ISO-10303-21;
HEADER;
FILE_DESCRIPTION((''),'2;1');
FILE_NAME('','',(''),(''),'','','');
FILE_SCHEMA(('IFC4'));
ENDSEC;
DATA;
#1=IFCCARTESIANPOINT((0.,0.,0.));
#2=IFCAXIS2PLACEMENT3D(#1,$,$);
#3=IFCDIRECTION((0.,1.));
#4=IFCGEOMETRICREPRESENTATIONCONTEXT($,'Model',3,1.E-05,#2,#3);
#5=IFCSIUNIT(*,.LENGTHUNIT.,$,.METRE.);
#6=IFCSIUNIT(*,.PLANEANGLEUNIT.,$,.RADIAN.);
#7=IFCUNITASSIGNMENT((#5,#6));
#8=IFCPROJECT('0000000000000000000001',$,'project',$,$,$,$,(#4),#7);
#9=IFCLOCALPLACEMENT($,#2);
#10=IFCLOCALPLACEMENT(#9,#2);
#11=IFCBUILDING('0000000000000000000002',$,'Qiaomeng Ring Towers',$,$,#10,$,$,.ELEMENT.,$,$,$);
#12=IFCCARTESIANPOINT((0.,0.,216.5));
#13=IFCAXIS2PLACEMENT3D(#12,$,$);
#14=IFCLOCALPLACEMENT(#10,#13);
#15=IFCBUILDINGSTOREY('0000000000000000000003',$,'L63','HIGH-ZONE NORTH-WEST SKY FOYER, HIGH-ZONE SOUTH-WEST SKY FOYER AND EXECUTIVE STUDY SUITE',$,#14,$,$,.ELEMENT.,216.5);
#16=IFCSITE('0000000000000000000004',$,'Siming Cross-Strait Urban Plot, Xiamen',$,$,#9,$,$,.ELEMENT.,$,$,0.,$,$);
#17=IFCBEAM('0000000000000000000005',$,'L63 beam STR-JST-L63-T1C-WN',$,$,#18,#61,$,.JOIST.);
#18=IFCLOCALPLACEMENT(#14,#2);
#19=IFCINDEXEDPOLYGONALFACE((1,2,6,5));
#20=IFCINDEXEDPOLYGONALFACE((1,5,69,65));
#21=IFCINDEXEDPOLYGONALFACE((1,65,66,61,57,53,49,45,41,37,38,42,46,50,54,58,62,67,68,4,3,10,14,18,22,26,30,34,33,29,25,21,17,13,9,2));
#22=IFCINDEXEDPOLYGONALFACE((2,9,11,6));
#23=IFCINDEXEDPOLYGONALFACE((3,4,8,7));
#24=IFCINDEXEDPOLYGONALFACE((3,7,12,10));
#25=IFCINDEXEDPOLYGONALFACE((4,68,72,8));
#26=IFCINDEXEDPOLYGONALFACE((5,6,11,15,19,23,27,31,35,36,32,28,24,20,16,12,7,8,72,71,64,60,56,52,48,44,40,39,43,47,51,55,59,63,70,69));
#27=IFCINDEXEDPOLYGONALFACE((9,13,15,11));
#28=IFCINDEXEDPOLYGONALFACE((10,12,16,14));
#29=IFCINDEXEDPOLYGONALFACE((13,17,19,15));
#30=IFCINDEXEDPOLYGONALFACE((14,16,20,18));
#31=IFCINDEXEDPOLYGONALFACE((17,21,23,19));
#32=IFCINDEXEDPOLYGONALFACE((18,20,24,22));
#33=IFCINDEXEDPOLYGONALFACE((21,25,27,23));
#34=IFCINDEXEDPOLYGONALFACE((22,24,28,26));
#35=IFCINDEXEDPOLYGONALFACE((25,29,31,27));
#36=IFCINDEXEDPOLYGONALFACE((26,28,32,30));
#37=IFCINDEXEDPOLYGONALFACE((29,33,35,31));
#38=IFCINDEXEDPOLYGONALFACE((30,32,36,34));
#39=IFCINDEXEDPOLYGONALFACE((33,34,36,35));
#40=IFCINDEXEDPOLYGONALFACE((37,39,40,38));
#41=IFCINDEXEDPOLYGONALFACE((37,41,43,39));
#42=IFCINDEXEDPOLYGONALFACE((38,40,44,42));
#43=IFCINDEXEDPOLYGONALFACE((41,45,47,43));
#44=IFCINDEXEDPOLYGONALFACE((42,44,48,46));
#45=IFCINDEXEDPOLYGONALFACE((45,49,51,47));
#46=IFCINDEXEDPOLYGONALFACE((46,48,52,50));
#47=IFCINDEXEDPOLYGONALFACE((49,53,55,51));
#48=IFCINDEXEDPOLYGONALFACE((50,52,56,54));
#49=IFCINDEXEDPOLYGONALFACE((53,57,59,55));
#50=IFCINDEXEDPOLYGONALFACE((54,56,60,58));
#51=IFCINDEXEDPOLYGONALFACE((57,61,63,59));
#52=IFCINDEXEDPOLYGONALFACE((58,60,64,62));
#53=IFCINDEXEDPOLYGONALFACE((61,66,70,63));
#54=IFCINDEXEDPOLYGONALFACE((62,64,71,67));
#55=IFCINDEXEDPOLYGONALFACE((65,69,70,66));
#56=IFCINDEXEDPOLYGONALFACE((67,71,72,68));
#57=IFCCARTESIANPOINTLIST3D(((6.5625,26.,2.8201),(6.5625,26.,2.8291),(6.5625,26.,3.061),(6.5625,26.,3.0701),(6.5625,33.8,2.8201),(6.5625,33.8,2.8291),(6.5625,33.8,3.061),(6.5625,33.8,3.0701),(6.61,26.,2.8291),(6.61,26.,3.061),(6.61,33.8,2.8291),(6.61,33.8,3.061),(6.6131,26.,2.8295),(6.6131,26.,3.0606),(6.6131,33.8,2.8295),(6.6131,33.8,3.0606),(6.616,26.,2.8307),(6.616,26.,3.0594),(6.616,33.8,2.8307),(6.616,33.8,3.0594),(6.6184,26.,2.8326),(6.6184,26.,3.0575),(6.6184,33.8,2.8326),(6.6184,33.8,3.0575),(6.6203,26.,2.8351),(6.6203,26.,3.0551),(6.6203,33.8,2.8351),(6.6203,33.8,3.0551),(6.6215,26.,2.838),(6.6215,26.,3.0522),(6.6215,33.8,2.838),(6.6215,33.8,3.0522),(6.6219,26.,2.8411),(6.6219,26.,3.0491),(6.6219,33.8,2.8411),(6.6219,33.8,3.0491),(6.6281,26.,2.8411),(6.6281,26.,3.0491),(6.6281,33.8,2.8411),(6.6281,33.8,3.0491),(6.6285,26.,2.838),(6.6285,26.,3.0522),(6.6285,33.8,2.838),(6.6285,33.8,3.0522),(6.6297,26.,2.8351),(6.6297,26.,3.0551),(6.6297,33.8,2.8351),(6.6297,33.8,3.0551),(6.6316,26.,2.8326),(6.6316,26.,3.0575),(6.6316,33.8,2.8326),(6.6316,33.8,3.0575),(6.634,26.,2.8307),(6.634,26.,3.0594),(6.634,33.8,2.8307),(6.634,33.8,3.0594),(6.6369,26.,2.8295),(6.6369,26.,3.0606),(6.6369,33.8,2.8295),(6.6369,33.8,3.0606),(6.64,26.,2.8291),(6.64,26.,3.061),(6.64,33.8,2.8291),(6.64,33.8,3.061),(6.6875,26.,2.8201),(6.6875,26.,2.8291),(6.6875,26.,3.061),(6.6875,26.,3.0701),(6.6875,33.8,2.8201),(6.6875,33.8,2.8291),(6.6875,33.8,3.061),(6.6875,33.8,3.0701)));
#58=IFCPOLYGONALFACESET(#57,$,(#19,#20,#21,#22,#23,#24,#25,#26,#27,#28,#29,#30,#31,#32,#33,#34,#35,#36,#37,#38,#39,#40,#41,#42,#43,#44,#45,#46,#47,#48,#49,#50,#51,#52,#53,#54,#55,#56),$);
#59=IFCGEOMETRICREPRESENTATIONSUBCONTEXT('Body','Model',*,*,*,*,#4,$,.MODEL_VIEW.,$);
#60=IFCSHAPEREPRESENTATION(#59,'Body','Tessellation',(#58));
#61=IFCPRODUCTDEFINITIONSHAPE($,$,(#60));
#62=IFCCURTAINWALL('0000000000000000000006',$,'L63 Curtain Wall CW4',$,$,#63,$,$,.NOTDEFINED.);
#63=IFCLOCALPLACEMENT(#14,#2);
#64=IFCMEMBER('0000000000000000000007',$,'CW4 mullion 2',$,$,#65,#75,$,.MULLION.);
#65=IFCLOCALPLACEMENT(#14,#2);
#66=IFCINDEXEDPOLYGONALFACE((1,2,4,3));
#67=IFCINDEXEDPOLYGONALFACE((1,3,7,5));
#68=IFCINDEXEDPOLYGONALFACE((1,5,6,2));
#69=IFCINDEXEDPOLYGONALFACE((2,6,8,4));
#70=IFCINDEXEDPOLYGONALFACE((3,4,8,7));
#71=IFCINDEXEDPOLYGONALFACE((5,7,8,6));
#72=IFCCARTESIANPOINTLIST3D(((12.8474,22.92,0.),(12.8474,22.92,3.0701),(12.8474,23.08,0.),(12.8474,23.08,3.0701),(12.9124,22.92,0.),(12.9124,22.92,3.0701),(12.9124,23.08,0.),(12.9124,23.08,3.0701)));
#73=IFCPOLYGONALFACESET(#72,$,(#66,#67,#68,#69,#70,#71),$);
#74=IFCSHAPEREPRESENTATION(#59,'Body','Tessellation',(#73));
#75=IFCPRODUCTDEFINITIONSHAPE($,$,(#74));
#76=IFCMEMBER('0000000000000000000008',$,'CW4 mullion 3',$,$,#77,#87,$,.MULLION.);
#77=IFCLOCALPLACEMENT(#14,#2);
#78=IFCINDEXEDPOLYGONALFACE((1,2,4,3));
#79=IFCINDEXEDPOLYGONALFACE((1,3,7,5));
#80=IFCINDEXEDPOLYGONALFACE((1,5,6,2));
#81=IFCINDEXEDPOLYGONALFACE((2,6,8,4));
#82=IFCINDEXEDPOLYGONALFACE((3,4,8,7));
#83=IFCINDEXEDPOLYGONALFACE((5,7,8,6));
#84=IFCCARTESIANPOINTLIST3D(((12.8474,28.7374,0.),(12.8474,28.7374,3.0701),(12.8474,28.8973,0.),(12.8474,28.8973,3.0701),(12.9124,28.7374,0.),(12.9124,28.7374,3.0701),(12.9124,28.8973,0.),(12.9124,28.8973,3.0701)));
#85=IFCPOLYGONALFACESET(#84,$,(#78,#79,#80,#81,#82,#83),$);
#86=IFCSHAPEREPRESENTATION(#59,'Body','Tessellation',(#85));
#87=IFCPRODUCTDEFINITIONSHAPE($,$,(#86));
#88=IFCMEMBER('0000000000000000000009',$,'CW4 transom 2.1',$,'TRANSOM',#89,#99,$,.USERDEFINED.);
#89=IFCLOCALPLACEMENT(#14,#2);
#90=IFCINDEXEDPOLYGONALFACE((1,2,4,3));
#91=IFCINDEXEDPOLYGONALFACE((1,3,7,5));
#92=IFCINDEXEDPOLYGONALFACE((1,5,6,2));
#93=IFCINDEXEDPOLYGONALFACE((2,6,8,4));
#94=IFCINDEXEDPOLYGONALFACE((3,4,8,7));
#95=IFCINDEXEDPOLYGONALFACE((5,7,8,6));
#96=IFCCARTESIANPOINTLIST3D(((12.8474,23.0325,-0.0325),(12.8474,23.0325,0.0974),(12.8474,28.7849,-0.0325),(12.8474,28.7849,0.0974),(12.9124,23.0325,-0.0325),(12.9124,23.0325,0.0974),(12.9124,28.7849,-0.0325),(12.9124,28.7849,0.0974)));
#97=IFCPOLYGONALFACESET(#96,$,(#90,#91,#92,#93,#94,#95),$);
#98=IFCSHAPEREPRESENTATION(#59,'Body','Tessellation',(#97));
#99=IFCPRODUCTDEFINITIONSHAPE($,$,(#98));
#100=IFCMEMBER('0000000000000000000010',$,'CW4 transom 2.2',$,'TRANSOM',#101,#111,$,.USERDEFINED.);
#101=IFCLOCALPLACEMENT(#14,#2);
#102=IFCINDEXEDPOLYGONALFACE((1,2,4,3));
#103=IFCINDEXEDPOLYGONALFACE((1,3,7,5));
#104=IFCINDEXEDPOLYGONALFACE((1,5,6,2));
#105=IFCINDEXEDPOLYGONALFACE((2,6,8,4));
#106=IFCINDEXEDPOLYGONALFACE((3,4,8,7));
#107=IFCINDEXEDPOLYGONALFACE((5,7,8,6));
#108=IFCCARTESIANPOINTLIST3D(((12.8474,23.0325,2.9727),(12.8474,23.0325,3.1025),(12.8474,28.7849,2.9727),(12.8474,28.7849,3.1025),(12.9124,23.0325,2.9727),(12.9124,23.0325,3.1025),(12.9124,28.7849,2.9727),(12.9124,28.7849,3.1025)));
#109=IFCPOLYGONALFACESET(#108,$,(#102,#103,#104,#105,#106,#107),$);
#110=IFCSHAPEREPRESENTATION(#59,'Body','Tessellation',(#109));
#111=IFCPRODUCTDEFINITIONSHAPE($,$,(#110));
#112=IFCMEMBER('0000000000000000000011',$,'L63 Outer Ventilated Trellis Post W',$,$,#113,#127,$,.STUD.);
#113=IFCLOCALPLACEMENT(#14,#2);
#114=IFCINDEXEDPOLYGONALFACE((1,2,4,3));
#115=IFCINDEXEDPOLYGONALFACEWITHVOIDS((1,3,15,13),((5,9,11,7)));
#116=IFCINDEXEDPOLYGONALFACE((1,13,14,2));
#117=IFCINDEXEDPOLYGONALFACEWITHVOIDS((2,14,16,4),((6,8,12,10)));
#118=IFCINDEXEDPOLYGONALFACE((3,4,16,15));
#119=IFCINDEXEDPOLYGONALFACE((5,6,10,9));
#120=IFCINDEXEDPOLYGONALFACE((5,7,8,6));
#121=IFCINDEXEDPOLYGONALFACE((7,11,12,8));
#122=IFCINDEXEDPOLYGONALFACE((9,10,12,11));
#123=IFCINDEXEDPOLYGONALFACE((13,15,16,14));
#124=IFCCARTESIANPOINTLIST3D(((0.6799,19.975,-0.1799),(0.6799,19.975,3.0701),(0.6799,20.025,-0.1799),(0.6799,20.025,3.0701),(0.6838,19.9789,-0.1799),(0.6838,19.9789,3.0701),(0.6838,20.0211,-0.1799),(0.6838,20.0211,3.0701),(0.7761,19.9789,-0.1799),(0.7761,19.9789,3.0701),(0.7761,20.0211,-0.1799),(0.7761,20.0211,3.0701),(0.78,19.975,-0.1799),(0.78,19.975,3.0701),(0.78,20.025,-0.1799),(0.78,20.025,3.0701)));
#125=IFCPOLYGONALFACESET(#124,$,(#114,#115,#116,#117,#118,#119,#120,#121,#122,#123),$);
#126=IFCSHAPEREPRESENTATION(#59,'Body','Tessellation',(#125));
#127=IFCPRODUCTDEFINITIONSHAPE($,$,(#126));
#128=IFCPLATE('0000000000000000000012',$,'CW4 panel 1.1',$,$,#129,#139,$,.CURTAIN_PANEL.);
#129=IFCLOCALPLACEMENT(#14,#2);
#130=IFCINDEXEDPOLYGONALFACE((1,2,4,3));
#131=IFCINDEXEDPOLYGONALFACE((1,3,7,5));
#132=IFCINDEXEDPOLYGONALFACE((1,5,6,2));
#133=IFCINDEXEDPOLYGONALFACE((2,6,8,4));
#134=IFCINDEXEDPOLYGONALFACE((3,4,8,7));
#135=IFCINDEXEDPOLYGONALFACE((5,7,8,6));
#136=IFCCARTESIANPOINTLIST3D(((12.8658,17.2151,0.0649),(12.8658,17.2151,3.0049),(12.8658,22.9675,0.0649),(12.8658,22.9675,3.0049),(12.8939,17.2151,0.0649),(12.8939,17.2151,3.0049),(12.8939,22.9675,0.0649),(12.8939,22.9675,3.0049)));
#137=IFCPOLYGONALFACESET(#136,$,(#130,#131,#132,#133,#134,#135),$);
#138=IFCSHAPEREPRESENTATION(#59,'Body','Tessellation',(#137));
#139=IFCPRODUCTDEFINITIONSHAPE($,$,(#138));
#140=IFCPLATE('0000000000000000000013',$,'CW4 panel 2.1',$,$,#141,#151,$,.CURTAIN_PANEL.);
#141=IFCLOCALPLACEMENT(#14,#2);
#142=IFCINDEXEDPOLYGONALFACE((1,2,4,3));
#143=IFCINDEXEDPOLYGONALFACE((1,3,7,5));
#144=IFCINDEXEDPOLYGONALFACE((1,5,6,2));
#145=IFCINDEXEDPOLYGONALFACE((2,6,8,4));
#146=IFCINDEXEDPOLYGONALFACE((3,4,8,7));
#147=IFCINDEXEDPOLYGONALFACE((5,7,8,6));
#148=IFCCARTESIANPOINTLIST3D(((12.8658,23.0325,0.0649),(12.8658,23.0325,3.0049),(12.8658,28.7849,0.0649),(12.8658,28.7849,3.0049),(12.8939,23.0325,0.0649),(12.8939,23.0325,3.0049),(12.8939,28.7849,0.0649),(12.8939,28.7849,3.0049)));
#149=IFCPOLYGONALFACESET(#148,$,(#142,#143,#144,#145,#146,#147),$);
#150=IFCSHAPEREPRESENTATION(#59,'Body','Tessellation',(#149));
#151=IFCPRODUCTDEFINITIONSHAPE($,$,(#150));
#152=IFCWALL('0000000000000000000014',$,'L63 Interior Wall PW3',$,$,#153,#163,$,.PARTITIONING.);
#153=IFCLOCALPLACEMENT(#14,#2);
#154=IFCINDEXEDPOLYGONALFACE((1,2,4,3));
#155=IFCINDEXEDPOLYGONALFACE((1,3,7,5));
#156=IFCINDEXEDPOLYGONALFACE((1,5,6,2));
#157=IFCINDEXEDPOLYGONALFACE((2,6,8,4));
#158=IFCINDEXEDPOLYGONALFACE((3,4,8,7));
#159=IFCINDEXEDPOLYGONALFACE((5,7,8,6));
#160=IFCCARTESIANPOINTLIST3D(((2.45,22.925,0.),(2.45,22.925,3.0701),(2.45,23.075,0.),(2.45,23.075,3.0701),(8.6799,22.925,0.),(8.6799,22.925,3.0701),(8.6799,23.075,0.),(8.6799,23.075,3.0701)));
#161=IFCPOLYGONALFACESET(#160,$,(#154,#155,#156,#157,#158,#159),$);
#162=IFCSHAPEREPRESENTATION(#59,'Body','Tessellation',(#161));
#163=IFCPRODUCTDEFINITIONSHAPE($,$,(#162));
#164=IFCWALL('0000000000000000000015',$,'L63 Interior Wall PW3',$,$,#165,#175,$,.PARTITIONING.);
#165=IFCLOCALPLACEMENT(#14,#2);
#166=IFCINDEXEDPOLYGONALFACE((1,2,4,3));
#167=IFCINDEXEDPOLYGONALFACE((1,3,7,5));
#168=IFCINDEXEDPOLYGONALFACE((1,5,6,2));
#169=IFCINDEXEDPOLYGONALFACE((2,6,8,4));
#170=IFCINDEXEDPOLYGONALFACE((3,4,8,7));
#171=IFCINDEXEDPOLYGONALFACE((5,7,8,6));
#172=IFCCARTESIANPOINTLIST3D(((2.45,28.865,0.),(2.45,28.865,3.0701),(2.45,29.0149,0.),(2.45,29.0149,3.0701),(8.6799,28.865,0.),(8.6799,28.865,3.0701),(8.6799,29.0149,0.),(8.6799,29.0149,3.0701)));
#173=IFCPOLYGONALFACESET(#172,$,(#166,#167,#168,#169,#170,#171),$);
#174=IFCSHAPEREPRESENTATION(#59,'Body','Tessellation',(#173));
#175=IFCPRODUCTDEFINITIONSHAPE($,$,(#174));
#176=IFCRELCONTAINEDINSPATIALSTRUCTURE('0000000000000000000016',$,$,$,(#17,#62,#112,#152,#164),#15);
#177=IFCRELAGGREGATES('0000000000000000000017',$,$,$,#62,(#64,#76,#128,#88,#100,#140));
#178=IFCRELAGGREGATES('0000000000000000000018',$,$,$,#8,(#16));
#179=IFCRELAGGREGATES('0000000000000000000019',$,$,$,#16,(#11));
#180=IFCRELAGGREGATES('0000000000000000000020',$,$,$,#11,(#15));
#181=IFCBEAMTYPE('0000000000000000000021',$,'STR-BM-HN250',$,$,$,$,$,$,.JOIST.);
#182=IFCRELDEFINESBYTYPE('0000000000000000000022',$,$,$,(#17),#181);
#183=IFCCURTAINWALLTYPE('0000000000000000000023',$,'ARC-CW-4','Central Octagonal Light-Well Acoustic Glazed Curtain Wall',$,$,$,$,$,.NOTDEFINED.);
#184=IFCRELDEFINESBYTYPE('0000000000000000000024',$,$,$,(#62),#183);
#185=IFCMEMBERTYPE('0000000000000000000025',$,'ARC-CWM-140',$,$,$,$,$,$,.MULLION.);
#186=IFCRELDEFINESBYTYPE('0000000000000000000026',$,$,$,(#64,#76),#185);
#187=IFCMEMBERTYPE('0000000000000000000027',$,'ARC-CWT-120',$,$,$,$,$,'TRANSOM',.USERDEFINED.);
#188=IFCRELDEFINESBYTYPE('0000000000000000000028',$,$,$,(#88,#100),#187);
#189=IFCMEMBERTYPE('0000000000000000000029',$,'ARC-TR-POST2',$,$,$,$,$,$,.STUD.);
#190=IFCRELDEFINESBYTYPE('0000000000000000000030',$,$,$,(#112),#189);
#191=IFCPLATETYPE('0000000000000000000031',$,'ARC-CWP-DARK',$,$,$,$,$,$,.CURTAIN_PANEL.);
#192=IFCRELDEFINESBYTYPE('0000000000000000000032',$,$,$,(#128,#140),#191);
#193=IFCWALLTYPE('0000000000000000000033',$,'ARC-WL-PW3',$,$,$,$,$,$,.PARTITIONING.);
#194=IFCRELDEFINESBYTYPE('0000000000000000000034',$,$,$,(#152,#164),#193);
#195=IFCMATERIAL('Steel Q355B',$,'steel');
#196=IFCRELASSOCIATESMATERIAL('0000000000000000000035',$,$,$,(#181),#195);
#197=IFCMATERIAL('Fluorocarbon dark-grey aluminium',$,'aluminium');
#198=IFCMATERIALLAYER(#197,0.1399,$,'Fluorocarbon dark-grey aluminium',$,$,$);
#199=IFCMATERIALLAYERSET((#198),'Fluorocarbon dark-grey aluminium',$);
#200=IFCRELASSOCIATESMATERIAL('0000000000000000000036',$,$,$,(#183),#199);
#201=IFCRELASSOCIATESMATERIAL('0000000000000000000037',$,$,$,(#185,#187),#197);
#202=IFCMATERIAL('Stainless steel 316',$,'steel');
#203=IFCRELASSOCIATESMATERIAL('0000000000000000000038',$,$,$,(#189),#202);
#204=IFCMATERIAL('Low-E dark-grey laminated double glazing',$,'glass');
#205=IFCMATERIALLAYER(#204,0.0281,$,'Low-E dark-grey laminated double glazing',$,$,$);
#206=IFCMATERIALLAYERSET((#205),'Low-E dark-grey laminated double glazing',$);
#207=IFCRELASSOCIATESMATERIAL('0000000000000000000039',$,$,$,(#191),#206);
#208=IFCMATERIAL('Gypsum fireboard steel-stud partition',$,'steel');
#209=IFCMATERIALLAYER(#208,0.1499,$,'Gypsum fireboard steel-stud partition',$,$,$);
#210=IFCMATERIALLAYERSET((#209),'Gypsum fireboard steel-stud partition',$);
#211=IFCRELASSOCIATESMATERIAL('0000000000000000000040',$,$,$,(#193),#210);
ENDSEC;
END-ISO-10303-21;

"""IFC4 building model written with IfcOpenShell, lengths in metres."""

from ifc_helpers import new_model, si_unit, direction, frame, frame_2d, origin, origin_2d, place, context, subcontext, project, spatial, rectangle, hollow_rectangle, i_section, extrude, source, transform, mapped, material, layer, layer_set, material_profile, profile_set, type_object, element, aggregate, save


model = new_model("IFC4")

# Units and contexts
model_context = context("Model", 3, precision=1e-05, world=origin(), true_north=direction((0.0, 1.0)))
body_context = subcontext(model_context, "Body", "Model", "MODEL_VIEW")
ifc_project = project(units=[si_unit("LENGTHUNIT", "METRE"), si_unit("PLANEANGLEUNIT", "RADIAN")], contexts=[model_context])

# Site, building, storey
site_placement = place(None, origin())
site = spatial("IfcSite", under=ifc_project, at=site_placement, Name="Siming Cross-Strait Urban Plot, Xiamen", CompositionType="ELEMENT", RefElevation=0.0)
building_placement = place(site_placement, origin())
building = spatial("IfcBuilding", under=site, at=building_placement, Name="Qiaomeng Ring Towers", CompositionType="ELEMENT")
storey_placement = place(building_placement, frame((0.0, 0.0, 216.5)))
storey = spatial("IfcBuildingStorey", under=building, at=storey_placement, Name="L63", Description="HIGH-ZONE NORTH-WEST SKY FOYER, HIGH-ZONE SOUTH-WEST SKY FOYER AND EXECUTIVE STUDY SUITE", CompositionType="ELEMENT", Elevation=216.5)

# Beam
ifc_material_1 = material(Name="Steel Q355B", Category="steel")
ifc_material_profile_1 = material_profile(ifc_material_1, i_section(OverallWidth=0.125, OverallDepth=0.25, WebThickness=0.0061, FlangeThickness=0.009, FilletRadius=0.012, at=origin_2d()), Name="HN 250x125x6x9")
ifc_profile_set_1 = profile_set([ifc_material_profile_1], Name="Steel Q355B")
beam_type_1 = type_object("IfcBeamType", Name="STR-BM-HN250", PredefinedType="JOIST", material=ifc_profile_set_1)
shared_shape_1 = source(origin(), body_context, "Body", "SweptSolid", [
    extrude(i_section(OverallWidth=0.125, OverallDepth=0.25, WebThickness=0.0061, FlangeThickness=0.009, FilletRadius=0.012, at=origin_2d()), origin(), (0.0, 0.0, 1.0), 7.8),
])
beam_1_placement = place(storey_placement, frame((6.625, 26.0, 2.9451), z_axis=(0.0, 1.0, 0.0), x_axis=(-1.0, 0.0, 0.0)))
element("IfcBeam", 1, at=beam_1_placement, inside=storey, type_object=beam_type_1, Name="L63 beam STR-JST-L63-T1C-WN", PredefinedType="JOIST", context=body_context, shape_type="MappedRepresentation", body=[
    mapped(shared_shape_1, transform((0.0, 0.0, 0.0), x_axis=(1.0, 0.0, 0.0), y_axis=(0.0, 1.0, 0.0), z_axis=(0.0, 0.0, 1.0), scale=1.0)),
])

# Curtain wall, members
ifc_material_2 = material(Name="Fluorocarbon dark-grey aluminium", Category="aluminium")
ifc_layer_1 = layer(ifc_material_2, 0.1399, Name="Fluorocarbon dark-grey aluminium")
ifc_layer_set_1 = layer_set([ifc_layer_1], Name="Fluorocarbon dark-grey aluminium")
curtain_wall_type = type_object("IfcCurtainWallType", Name="ARC-CW-4", Description="Central Octagonal Light-Well Acoustic Glazed Curtain Wall", PredefinedType="NOTDEFINED", material=ifc_layer_set_1)
curtain_wall_placement = place(storey_placement, origin())
curtain_wall = element("IfcCurtainWall", 2, at=curtain_wall_placement, inside=storey, type_object=curtain_wall_type, Name="L63 Curtain Wall CW4", PredefinedType="NOTDEFINED")
ifc_material_profile_2 = material_profile(ifc_material_2, rectangle(XDim=0.0649, YDim=0.1599, at=origin_2d()), Name="ALU MULL 65x160")
ifc_profile_set_2 = profile_set([ifc_material_profile_2], Name="Fluorocarbon dark-grey aluminium")
member_type_1 = type_object("IfcMemberType", Name="ARC-CWM-140", PredefinedType="MULLION", material=ifc_profile_set_2)
shared_shape_2 = source(origin(), body_context, "Body", "SweptSolid", [
    extrude(rectangle(XDim=0.0649, YDim=0.1599, at=origin_2d()), origin(), (0.0, 0.0, 1.0), 3.0701),
])
member_1_placement = place(storey_placement, frame((12.8799, 23.0, 0.0), z_axis=(0.0, 0.0, 1.0), x_axis=(-1.0, 0.0, 0.0)))
member_1 = element("IfcMember", 3, at=member_1_placement, type_object=member_type_1, Name="CW4 mullion 2", PredefinedType="MULLION", context=body_context, shape_type="MappedRepresentation", body=[
    mapped(shared_shape_2, transform((0.0, 0.0, 0.0), x_axis=(1.0, 0.0, 0.0), y_axis=(0.0, 1.0, 0.0), z_axis=(0.0, 0.0, 1.0), scale=1.0)),
])
member_2_placement = place(storey_placement, frame((12.8799, 28.8174, 0.0), z_axis=(0.0, 0.0, 1.0), x_axis=(-1.0, 0.0, 0.0)))
member_2 = element("IfcMember", 4, at=member_2_placement, type_object=member_type_1, Name="CW4 mullion 3", PredefinedType="MULLION", context=body_context, shape_type="MappedRepresentation", body=[
    mapped(shared_shape_2, transform((0.0, 0.0, 0.0), x_axis=(1.0, 0.0, 0.0), y_axis=(0.0, 1.0, 0.0), z_axis=(0.0, 0.0, 1.0), scale=1.0)),
])
ifc_material_profile_3 = material_profile(ifc_material_2, rectangle(XDim=0.0649, YDim=0.1299, at=origin_2d()), Name="ALU TRAN 65x130")
ifc_profile_set_3 = profile_set([ifc_material_profile_3], Name="Fluorocarbon dark-grey aluminium")
member_type_2 = type_object("IfcMemberType", Name="ARC-CWT-120", ElementType="TRANSOM", PredefinedType="USERDEFINED", material=ifc_profile_set_3)
shared_shape_3 = source(origin(), body_context, "Body", "SweptSolid", [
    extrude(rectangle(XDim=0.0649, YDim=0.1299, at=origin_2d()), origin(), (0.0, 0.0, 1.0), 5.7524),
])
member_3_placement = place(storey_placement, frame((12.8799, 23.0325, 0.0325), z_axis=(0.0, 1.0, 0.0), x_axis=(-1.0, 0.0, 0.0)))
member_3 = element("IfcMember", 5, at=member_3_placement, type_object=member_type_2, Name="CW4 transom 2.1", ObjectType="TRANSOM", PredefinedType="USERDEFINED", context=body_context, shape_type="MappedRepresentation", body=[
    mapped(shared_shape_3, transform((0.0, 0.0, 0.0), x_axis=(1.0, 0.0, 0.0), y_axis=(0.0, 1.0, 0.0), z_axis=(0.0, 0.0, 1.0), scale=1.0)),
])
member_4_placement = place(storey_placement, frame((12.8799, 23.0325, 3.0376), z_axis=(0.0, 1.0, 0.0), x_axis=(-1.0, 0.0, 0.0)))
member_4 = element("IfcMember", 6, at=member_4_placement, type_object=member_type_2, Name="CW4 transom 2.2", ObjectType="TRANSOM", PredefinedType="USERDEFINED", context=body_context, shape_type="MappedRepresentation", body=[
    mapped(shared_shape_3, transform((0.0, 0.0, 0.0), x_axis=(1.0, 0.0, 0.0), y_axis=(0.0, 1.0, 0.0), z_axis=(0.0, 0.0, 1.0), scale=1.0)),
])

# Member
ifc_material_3 = material(Name="Stainless steel 316", Category="steel")
ifc_material_profile_4 = material_profile(ifc_material_3, hollow_rectangle(XDim=0.05, YDim=0.1001, WallThickness=0.0039, at=origin_2d()), Name="SS TRELLIS 100x50")
ifc_profile_set_4 = profile_set([ifc_material_profile_4], Name="Stainless steel 316")
member_type_3 = type_object("IfcMemberType", Name="ARC-TR-POST2", PredefinedType="STUD", material=ifc_profile_set_4)
shared_shape_4 = source(origin(), body_context, "Body", "SweptSolid", [
    extrude(hollow_rectangle(XDim=0.05, YDim=0.1001, WallThickness=0.0039, at=origin_2d()), origin(), (0.0, 0.0, 1.0), 3.25),
])
member_5_placement = place(storey_placement, frame((0.73, 20.0, -0.1799), z_axis=(0.0, 0.0, 1.0), x_axis=(0.0, 1.0, 0.0)))
element("IfcMember", 7, at=member_5_placement, inside=storey, type_object=member_type_3, Name="L63 Outer Ventilated Trellis Post W", PredefinedType="STUD", context=body_context, shape_type="MappedRepresentation", body=[
    mapped(shared_shape_4, transform((0.0, 0.0, 0.0), x_axis=(1.0, 0.0, 0.0), y_axis=(0.0, 1.0, 0.0), z_axis=(0.0, 0.0, 1.0), scale=1.0)),
])

# Plates
ifc_material_4 = material(Name="Low-E dark-grey laminated double glazing", Category="glass")
ifc_layer_2 = layer(ifc_material_4, 0.0281, Name="Low-E dark-grey laminated double glazing")
ifc_layer_set_2 = layer_set([ifc_layer_2], Name="Low-E dark-grey laminated double glazing")
plate_type = type_object("IfcPlateType", Name="ARC-CWP-DARK", PredefinedType="CURTAIN_PANEL", material=ifc_layer_set_2)
shared_shape_5 = source(origin(), body_context, "Body", "SweptSolid", [
    extrude(rectangle(XDim=5.7524, YDim=0.0281, at=origin_2d()), origin(), (0.0, 0.0, 1.0), 2.9399),
])
plate_1_placement = place(storey_placement, frame((12.8799, 20.0913, 0.0649), z_axis=(0.0, 0.0, 1.0), x_axis=(0.0, 1.0, 0.0)))
plate_1 = element("IfcPlate", 8, at=plate_1_placement, type_object=plate_type, Name="CW4 panel 1.1", PredefinedType="CURTAIN_PANEL", context=body_context, shape_type="MappedRepresentation", body=[
    mapped(shared_shape_5, transform((0.0, 0.0, 0.0), x_axis=(1.0, 0.0, 0.0), y_axis=(0.0, 1.0, 0.0), z_axis=(0.0, 0.0, 1.0), scale=1.0)),
])
plate_2_placement = place(storey_placement, frame((12.8799, 25.9087, 0.0649), z_axis=(0.0, 0.0, 1.0), x_axis=(0.0, 1.0, 0.0)))
plate_2 = element("IfcPlate", 9, at=plate_2_placement, type_object=plate_type, Name="CW4 panel 2.1", PredefinedType="CURTAIN_PANEL", context=body_context, shape_type="MappedRepresentation", body=[
    mapped(shared_shape_5, transform((0.0, 0.0, 0.0), x_axis=(1.0, 0.0, 0.0), y_axis=(0.0, 1.0, 0.0), z_axis=(0.0, 0.0, 1.0), scale=1.0)),
])
aggregate(curtain_wall, [member_1, member_2, plate_1, member_3, member_4, plate_2])

# Walls
ifc_material_5 = material(Name="Gypsum fireboard steel-stud partition", Category="steel")
ifc_layer_3 = layer(ifc_material_5, 0.1499, Name="Gypsum fireboard steel-stud partition")
ifc_layer_set_3 = layer_set([ifc_layer_3], Name="Gypsum fireboard steel-stud partition")
wall_type_1 = type_object("IfcWallType", Name="ARC-WL-PW3", PredefinedType="PARTITIONING", material=ifc_layer_set_3)
for number, where, z_axis, x_axis, name in (
    (10, (2.45, 23.0, 0.0), (0.0, 0.0, 1.0), (1.0, 0.0, 0.0), "L63 Interior Wall PW3"),
    (11, (2.45, 28.9399, 0.0), (0.0, 0.0, 1.0), (1.0, 0.0, 0.0), "L63 Interior Wall PW3"),
):
    element("IfcWall", number, at=place(storey_placement, frame(where, z_axis=z_axis, x_axis=x_axis)), inside=storey, type_object=wall_type_1, Name=name, PredefinedType="PARTITIONING", context=body_context, shape_type="SweptSolid", body=[
        extrude(rectangle(XDim=6.23, YDim=0.1499, at=frame_2d((3.115, 0.0))), origin(), (0.0, 0.0, 1.0), 3.0701),
    ])

save(model, "model.ifc")
